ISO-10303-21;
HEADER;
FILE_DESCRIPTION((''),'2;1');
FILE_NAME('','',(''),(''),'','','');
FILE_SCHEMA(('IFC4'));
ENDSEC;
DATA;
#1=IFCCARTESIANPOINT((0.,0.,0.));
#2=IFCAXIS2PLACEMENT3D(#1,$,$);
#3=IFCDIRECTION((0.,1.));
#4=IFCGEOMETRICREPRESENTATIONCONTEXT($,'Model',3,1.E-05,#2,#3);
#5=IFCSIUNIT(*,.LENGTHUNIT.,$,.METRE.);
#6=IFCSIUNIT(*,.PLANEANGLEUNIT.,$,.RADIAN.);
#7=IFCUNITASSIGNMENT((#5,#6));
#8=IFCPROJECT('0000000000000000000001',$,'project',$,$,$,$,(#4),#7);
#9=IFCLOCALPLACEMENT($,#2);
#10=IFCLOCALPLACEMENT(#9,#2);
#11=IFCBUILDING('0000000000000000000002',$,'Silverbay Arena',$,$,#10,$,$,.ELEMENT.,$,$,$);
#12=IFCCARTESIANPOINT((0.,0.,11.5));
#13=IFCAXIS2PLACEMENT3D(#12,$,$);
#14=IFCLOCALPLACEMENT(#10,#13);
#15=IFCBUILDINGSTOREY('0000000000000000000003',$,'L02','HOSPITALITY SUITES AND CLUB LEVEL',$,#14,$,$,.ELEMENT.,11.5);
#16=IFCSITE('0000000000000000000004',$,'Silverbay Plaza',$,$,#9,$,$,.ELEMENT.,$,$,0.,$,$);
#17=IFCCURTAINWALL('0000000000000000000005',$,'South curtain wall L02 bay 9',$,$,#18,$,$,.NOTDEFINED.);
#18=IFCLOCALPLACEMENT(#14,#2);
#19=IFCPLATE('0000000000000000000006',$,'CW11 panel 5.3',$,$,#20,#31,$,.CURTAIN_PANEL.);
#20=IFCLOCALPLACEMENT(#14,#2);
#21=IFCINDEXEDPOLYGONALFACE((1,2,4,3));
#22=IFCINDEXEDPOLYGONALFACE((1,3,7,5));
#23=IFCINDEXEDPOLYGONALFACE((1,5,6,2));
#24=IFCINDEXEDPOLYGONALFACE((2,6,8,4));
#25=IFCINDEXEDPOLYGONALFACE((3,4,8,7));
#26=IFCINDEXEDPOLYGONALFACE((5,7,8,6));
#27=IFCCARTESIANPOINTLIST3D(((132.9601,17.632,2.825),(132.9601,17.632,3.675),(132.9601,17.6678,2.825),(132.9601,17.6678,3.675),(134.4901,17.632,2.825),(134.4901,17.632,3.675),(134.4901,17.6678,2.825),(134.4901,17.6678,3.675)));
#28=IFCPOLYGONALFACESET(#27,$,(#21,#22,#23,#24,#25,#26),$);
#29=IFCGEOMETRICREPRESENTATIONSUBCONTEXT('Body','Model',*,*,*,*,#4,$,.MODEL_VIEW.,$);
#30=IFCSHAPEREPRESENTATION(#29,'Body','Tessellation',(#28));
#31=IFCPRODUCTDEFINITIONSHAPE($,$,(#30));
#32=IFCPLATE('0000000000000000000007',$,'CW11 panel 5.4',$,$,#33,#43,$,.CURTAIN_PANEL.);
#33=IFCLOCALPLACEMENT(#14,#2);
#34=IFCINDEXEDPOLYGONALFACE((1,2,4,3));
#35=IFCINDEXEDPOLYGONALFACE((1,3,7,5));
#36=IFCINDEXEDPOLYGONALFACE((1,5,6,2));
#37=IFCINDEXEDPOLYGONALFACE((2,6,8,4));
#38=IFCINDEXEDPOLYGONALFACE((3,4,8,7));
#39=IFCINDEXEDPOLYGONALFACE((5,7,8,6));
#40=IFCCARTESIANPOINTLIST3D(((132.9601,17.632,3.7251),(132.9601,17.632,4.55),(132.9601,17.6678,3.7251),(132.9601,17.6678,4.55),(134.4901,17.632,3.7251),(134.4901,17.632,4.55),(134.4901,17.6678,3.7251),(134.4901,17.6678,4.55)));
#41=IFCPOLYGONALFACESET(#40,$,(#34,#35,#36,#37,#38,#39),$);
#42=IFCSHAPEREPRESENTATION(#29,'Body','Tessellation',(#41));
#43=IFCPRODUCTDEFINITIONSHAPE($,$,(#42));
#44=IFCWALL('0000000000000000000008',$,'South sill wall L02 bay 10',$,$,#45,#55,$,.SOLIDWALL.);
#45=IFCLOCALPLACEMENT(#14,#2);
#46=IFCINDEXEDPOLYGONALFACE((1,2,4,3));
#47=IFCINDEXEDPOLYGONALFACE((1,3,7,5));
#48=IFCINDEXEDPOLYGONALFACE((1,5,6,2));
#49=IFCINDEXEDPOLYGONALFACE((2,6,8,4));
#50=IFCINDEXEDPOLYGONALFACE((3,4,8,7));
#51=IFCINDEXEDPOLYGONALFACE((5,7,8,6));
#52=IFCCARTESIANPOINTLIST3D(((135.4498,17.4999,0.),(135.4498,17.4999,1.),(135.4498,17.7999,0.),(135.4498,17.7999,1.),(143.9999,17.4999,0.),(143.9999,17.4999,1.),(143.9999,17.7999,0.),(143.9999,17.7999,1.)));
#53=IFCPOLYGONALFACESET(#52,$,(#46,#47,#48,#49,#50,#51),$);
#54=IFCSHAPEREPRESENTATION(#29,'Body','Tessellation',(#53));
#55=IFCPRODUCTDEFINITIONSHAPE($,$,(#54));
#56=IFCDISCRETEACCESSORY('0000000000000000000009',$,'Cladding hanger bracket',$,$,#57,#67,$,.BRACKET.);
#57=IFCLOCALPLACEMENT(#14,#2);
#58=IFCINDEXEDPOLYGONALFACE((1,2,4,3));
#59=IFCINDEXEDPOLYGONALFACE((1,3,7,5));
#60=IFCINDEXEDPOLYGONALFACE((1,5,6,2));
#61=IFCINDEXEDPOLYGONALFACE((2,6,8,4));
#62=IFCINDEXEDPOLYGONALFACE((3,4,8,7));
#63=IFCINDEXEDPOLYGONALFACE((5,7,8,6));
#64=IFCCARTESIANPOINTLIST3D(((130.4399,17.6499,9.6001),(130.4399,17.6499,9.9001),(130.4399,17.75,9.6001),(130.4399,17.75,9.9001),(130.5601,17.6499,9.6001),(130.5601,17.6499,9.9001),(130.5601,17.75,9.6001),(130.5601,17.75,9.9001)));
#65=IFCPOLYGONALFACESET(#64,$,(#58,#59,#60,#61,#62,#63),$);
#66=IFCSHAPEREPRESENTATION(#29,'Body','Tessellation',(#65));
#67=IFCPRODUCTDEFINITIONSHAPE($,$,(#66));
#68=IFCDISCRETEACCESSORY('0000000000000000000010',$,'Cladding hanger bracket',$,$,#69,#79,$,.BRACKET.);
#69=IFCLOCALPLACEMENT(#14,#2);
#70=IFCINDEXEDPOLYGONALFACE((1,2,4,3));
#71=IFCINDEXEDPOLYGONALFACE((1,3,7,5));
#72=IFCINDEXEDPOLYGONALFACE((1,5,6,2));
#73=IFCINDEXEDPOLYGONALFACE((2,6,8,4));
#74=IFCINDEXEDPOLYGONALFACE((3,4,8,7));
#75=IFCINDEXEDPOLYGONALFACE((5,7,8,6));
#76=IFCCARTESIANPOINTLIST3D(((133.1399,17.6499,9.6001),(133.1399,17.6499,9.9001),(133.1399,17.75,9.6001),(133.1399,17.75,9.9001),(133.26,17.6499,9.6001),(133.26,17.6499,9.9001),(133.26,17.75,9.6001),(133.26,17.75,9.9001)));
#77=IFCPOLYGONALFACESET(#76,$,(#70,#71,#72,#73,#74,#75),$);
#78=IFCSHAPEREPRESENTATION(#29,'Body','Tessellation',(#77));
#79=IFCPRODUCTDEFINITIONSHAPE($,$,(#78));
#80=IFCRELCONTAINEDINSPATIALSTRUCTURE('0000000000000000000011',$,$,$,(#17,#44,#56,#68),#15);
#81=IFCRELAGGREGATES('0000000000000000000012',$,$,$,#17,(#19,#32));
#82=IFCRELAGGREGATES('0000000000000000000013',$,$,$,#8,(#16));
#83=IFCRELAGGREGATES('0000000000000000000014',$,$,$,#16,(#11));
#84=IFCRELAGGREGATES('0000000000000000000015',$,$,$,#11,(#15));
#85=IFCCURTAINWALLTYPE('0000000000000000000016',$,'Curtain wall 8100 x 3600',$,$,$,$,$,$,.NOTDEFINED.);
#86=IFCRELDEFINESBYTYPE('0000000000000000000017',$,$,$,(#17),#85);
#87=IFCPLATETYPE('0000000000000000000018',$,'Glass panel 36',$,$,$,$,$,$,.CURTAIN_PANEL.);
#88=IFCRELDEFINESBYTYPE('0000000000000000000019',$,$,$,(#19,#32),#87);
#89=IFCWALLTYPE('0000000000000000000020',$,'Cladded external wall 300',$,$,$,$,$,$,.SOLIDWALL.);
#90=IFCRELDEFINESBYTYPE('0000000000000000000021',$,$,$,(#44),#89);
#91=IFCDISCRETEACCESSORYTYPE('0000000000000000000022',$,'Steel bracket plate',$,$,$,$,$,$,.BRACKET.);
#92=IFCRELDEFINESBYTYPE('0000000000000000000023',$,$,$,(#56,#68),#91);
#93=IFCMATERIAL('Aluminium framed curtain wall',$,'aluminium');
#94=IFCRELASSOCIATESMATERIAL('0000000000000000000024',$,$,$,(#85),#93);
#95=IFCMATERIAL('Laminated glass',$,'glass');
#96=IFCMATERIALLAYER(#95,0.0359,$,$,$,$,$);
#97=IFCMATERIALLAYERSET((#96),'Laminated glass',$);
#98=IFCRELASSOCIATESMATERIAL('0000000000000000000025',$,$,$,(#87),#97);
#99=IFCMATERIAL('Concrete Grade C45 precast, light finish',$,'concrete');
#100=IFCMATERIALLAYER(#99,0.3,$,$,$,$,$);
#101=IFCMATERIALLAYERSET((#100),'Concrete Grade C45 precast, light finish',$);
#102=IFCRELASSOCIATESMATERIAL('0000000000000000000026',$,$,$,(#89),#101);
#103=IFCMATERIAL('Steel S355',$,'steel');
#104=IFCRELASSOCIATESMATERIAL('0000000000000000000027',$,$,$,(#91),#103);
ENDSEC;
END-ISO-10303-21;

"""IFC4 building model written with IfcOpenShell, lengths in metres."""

from ifc_helpers import new_model, si_unit, direction, frame, frame_2d, origin, origin_2d, place, context, subcontext, project, spatial, rectangle, extrude, material, layer, layer_set, type_object, element, aggregate, save


model = new_model("IFC4")

# Units and contexts
model_context = context("Model", 3, precision=1e-05, world=origin(), true_north=direction((0.0, 1.0)))
body_context = subcontext(model_context, "Body", "Model", "MODEL_VIEW")
ifc_project = project(units=[si_unit("LENGTHUNIT", "METRE"), si_unit("PLANEANGLEUNIT", "RADIAN")], contexts=[model_context])

# Site, building, storey
site_placement = place(None, origin())
site = spatial("IfcSite", under=ifc_project, at=site_placement, Name="Silverbay Plaza", CompositionType="ELEMENT", RefElevation=0.0)
building_placement = place(site_placement, origin())
building = spatial("IfcBuilding", under=site, at=building_placement, Name="Silverbay Arena", CompositionType="ELEMENT")
storey_placement = place(building_placement, frame((0.0, 0.0, 11.5)))
storey = spatial("IfcBuildingStorey", under=building, at=storey_placement, Name="L02", Description="HOSPITALITY SUITES AND CLUB LEVEL", CompositionType="ELEMENT", Elevation=11.5)

# Curtain wall, plates
ifc_material_1 = material(Name="Aluminium framed curtain wall", Category="aluminium")
curtain_wall_type = type_object("IfcCurtainWallType", Name="Curtain wall 8100 x 3600", PredefinedType="NOTDEFINED", material=ifc_material_1)
curtain_wall_placement = place(storey_placement, origin())
curtain_wall = element("IfcCurtainWall", 1, at=curtain_wall_placement, inside=storey, type_object=curtain_wall_type, Name="South curtain wall L02 bay 9", PredefinedType="NOTDEFINED")
ifc_material_2 = material(Name="Laminated glass", Category="glass")
ifc_layer_1 = layer(ifc_material_2, 0.0359)
ifc_layer_set_1 = layer_set([ifc_layer_1], Name="Laminated glass")
plate_type = type_object("IfcPlateType", Name="Glass panel 36", PredefinedType="CURTAIN_PANEL", material=ifc_layer_set_1)
plate_1_placement = place(storey_placement, frame((133.7251, 17.6499, 2.825), z_axis=(0.0, 0.0, 1.0), x_axis=(1.0, 0.0, 0.0)))
plate_1 = element("IfcPlate", 2, at=plate_1_placement, type_object=plate_type, Name="CW11 panel 5.3", PredefinedType="CURTAIN_PANEL", context=body_context, shape_type="SweptSolid", body=[
    extrude(rectangle(XDim=1.53, YDim=0.0359, at=origin_2d()), origin(), (0.0, 0.0, 1.0), 0.8501),
])
plate_2_placement = place(storey_placement, frame((133.7251, 17.6499, 3.7251), z_axis=(0.0, 0.0, 1.0), x_axis=(1.0, 0.0, 0.0)))
plate_2 = element("IfcPlate", 3, at=plate_2_placement, type_object=plate_type, Name="CW11 panel 5.4", PredefinedType="CURTAIN_PANEL", context=body_context, shape_type="SweptSolid", body=[
    extrude(rectangle(XDim=1.53, YDim=0.0359, at=origin_2d()), origin(), (0.0, 0.0, 1.0), 0.825),
])
aggregate(curtain_wall, [plate_1, plate_2])

# Wall
ifc_material_3 = material(Name="Concrete Grade C45 precast, light finish", Category="concrete")
ifc_layer_2 = layer(ifc_material_3, 0.3)
ifc_layer_set_2 = layer_set([ifc_layer_2], Name="Concrete Grade C45 precast, light finish")
wall_type = type_object("IfcWallType", Name="Cladded external wall 300", PredefinedType="SOLIDWALL", material=ifc_layer_set_2)
wall_placement = place(storey_placement, frame((135.45, 17.6499, 0.0), z_axis=(0.0, 0.0, 1.0), x_axis=(1.0, 0.0, 0.0)))
element("IfcWall", 4, at=wall_placement, inside=storey, type_object=wall_type, Name="South sill wall L02 bay 10", PredefinedType="SOLIDWALL", context=body_context, shape_type="SweptSolid", body=[
    extrude(rectangle(XDim=8.55, YDim=0.3, at=frame_2d((4.2749, 0.0))), origin(), (0.0, 0.0, 1.0), 1.0),
])

# Discrete accessories
ifc_material_4 = material(Name="Steel S355", Category="steel")
discrete_accessory_type = type_object("IfcDiscreteAccessoryType", Name="Steel bracket plate", PredefinedType="BRACKET", material=ifc_material_4)
for number, where, z_axis, x_axis, name in (
    (5, (130.5, 17.7, 9.6001), (0.0, 0.0, 1.0), (1.0, 0.0, 0.0), "Cladding hanger bracket"),
    (6, (133.2, 17.7, 9.6001), (0.0, 0.0, 1.0), (1.0, 0.0, 0.0), "Cladding hanger bracket"),
):
    element("IfcDiscreteAccessory", number, at=place(storey_placement, frame(where, z_axis=z_axis, x_axis=x_axis)), inside=storey, type_object=discrete_accessory_type, Name=name, PredefinedType="BRACKET", context=body_context, shape_type="SweptSolid", body=[
        extrude(rectangle(XDim=0.1201, YDim=0.1001, at=origin_2d()), origin(), (0.0, 0.0, 1.0), 0.3),
    ])

save(model, "model.ifc")
